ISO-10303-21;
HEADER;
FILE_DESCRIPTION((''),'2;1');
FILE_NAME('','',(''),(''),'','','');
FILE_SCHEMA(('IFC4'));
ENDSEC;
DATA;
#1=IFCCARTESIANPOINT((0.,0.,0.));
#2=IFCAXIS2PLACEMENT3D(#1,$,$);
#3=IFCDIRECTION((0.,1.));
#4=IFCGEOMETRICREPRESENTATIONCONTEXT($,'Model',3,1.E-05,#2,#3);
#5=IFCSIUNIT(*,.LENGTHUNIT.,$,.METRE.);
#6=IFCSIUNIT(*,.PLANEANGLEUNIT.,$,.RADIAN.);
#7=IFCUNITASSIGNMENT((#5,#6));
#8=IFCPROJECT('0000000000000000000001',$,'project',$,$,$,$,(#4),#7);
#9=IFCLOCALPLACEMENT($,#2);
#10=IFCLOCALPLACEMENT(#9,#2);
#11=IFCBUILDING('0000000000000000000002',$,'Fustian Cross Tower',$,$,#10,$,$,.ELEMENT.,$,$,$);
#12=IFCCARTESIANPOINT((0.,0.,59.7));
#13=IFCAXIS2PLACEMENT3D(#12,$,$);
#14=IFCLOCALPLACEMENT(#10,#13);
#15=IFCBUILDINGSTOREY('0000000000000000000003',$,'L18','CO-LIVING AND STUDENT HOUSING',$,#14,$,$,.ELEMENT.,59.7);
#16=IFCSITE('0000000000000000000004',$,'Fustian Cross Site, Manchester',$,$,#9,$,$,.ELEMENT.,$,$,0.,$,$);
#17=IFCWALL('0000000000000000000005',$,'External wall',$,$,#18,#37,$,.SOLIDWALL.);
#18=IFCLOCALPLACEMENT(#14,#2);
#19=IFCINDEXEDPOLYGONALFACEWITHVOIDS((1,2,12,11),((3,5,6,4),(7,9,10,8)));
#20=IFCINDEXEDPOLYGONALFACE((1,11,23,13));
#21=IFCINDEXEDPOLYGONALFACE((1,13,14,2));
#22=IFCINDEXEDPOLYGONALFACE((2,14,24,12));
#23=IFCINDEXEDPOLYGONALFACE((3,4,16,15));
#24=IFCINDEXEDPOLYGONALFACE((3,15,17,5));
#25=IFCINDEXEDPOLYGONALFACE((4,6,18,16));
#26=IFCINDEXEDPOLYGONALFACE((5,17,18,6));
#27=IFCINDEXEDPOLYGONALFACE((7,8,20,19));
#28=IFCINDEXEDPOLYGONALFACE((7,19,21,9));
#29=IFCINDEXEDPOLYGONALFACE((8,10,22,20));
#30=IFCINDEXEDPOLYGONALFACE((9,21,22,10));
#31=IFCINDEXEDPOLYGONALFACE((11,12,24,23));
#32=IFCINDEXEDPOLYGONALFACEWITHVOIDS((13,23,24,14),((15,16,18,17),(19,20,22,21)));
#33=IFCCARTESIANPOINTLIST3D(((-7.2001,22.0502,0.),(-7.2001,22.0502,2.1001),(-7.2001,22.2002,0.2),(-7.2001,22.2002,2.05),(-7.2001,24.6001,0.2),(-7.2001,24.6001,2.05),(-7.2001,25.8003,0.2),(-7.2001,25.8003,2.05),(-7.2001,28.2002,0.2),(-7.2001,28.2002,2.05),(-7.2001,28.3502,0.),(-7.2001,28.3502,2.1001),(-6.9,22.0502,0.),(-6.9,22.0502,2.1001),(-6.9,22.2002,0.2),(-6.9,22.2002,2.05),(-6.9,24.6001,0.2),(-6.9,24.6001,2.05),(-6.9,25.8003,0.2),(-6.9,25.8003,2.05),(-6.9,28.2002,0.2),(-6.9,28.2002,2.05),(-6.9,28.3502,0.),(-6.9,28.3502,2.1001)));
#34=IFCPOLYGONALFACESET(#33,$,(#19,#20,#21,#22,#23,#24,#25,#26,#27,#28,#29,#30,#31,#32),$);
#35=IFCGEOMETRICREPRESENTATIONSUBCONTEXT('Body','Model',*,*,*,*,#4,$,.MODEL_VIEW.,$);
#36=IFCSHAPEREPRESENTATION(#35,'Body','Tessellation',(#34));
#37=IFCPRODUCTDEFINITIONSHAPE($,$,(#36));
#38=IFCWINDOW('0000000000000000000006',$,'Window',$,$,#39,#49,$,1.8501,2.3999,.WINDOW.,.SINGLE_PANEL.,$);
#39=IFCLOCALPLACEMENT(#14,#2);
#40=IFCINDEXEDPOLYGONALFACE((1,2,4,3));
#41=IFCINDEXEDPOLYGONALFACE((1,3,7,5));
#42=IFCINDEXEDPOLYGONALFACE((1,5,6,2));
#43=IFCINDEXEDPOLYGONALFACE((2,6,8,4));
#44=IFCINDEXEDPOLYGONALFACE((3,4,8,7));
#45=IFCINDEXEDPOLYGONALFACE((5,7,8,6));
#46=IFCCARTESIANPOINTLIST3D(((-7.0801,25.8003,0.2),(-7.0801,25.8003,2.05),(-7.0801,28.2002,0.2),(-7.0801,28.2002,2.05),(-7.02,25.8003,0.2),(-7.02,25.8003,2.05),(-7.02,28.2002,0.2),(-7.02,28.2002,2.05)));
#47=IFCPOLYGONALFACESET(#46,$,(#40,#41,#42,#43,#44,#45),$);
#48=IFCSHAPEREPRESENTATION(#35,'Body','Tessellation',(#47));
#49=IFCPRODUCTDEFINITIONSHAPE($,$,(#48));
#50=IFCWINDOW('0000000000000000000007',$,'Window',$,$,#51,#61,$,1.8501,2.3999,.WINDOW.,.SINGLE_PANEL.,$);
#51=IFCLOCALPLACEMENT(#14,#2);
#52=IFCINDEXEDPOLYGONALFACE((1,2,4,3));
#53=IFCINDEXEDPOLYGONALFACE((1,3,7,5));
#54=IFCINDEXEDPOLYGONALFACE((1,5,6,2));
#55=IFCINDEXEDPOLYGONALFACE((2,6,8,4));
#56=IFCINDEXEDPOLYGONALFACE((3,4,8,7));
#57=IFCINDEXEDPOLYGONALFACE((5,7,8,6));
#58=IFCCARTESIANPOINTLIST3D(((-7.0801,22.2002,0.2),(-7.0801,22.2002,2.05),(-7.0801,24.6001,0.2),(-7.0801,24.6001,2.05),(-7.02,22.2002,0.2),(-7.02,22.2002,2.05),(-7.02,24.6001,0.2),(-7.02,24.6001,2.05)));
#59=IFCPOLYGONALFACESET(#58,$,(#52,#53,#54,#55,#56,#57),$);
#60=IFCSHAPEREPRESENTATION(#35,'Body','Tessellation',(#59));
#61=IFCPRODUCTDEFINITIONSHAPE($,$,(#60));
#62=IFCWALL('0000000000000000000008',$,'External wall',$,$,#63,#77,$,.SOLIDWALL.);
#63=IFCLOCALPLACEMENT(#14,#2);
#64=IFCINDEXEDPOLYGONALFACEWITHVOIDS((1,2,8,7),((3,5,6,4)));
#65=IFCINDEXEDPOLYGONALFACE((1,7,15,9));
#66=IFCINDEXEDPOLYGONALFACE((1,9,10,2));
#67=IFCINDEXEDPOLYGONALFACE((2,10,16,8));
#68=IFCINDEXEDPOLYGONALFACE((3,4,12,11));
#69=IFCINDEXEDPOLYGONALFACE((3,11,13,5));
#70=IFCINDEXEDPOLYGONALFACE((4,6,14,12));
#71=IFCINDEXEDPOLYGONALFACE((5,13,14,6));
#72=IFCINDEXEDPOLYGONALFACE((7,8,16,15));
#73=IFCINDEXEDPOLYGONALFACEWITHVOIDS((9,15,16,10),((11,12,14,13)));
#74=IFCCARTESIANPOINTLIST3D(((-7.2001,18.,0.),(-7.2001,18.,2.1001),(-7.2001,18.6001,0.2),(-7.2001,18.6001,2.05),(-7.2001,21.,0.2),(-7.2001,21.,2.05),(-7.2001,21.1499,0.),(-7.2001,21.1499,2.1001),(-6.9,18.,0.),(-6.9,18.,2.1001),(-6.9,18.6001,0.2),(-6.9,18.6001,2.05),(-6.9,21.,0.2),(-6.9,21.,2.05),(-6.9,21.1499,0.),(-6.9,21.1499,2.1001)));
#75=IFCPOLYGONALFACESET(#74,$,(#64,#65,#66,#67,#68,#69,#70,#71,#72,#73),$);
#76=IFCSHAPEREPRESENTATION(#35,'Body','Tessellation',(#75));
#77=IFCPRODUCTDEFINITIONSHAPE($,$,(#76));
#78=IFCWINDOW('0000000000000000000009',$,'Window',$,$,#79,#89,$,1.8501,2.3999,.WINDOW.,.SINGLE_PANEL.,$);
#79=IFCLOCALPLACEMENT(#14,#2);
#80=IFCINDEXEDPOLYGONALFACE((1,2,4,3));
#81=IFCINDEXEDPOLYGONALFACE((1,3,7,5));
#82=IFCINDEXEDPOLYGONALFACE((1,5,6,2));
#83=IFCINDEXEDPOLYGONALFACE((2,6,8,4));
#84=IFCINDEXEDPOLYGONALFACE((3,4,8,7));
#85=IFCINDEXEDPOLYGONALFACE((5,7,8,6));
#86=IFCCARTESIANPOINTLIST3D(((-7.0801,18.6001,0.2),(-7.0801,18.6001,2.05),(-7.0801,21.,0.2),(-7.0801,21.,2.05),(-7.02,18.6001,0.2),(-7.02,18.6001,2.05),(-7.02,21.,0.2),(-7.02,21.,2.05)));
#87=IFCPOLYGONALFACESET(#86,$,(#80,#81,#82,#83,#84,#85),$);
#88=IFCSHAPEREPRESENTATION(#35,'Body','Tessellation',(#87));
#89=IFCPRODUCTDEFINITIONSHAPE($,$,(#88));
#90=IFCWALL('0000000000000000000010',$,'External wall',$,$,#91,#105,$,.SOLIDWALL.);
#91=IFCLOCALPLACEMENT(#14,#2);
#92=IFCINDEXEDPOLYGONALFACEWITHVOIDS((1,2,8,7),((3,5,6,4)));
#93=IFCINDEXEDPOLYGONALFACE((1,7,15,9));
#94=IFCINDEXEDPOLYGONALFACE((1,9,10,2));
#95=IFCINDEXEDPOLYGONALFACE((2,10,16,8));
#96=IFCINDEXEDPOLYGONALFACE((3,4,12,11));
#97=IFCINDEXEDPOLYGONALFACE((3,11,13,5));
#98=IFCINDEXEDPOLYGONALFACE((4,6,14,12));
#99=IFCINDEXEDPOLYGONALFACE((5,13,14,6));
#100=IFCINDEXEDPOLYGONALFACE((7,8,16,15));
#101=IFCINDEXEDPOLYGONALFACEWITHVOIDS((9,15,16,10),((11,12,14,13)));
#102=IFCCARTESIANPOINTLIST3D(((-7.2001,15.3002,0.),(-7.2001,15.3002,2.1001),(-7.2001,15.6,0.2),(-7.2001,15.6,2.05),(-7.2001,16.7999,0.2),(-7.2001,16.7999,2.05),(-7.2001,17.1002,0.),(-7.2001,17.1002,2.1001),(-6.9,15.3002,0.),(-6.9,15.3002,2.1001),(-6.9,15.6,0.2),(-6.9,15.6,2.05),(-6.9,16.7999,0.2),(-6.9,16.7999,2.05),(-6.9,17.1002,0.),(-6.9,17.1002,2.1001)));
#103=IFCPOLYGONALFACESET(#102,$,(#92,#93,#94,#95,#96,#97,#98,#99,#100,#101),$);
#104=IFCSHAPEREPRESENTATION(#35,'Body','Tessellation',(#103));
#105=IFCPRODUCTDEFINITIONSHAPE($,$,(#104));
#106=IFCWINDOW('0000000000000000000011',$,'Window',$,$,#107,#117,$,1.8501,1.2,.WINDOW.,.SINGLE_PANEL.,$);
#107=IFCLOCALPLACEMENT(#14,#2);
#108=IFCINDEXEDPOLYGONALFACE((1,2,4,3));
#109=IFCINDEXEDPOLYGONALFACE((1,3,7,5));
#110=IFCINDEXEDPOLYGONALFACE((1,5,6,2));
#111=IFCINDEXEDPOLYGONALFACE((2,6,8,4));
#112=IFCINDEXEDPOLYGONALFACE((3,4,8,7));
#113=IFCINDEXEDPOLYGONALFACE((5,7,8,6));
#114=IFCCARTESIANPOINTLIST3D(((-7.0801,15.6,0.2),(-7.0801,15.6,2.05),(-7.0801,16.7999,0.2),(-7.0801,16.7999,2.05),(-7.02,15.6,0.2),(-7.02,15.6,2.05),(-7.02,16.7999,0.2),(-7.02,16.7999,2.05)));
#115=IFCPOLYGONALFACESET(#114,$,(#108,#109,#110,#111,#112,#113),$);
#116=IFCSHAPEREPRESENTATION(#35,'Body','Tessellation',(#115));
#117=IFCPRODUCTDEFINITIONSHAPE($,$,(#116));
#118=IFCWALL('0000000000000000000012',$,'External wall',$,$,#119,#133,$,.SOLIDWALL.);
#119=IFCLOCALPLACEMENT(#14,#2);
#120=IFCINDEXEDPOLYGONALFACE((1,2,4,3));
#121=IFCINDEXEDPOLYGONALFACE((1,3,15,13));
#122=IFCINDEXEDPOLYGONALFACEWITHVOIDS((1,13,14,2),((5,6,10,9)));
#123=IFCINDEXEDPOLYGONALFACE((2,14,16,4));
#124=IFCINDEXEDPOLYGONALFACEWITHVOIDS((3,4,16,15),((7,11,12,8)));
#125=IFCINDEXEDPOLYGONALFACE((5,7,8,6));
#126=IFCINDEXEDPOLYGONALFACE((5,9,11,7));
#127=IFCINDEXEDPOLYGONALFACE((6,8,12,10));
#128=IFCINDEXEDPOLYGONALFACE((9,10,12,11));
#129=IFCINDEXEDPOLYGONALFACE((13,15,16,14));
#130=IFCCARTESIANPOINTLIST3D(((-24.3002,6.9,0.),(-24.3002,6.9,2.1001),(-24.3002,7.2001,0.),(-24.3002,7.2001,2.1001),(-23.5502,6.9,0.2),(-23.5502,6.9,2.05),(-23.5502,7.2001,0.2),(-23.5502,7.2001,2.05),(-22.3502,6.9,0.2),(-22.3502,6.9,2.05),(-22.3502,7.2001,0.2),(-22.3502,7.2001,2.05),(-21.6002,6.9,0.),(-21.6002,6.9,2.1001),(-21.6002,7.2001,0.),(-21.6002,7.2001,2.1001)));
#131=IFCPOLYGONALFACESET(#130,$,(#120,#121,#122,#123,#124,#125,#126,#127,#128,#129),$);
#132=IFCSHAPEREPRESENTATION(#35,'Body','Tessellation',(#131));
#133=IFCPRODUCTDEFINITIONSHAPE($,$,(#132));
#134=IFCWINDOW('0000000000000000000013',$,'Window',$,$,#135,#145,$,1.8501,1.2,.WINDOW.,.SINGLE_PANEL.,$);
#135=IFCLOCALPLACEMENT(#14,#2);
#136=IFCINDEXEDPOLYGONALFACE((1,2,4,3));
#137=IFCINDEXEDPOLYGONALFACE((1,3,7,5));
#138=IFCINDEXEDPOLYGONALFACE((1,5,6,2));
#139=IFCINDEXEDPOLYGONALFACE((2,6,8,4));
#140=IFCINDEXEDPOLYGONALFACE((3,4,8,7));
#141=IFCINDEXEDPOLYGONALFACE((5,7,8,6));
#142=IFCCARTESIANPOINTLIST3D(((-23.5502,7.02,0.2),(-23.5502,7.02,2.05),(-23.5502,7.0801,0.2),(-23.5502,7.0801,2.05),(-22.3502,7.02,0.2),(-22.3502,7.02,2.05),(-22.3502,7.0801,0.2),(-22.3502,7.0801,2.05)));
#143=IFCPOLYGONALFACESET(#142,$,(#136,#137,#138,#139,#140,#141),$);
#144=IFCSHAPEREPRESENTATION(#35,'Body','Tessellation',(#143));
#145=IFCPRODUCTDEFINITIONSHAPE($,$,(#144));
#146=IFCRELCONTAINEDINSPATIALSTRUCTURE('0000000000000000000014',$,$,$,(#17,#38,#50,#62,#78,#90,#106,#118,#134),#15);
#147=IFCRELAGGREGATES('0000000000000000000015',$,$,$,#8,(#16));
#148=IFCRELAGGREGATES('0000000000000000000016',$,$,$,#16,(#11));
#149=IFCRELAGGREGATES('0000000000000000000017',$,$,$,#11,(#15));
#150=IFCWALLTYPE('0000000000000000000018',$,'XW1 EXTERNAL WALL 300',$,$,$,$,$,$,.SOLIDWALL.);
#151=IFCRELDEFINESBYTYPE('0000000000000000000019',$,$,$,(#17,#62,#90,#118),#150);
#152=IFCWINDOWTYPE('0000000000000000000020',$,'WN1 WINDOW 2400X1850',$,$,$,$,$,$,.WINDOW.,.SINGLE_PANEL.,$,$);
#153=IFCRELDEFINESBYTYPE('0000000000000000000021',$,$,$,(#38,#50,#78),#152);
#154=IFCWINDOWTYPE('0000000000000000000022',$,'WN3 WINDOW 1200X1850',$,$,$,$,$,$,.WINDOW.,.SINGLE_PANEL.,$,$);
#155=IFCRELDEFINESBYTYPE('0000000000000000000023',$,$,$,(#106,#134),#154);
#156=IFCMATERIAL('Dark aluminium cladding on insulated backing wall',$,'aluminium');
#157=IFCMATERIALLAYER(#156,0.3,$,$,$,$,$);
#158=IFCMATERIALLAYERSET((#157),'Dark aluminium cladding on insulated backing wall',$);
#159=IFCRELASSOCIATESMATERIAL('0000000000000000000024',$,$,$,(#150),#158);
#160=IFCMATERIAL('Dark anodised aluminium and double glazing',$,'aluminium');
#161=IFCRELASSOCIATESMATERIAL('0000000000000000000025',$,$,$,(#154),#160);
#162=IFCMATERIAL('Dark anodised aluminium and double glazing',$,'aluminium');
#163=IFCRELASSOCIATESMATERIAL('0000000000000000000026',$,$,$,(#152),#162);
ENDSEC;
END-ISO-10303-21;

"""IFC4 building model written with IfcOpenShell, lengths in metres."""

from ifc_helpers import new_model, si_unit, direction, frame, frame_2d, origin, place, context, subcontext, project, spatial, rectangle, extrude, material, layer, layer_set, type_object, element, fill, save


model = new_model("IFC4")

# Units and contexts
model_context = context("Model", 3, precision=1e-05, world=origin(), true_north=direction((0.0, 1.0)))
body_context = subcontext(model_context, "Body", "Model", "MODEL_VIEW")
ifc_project = project(units=[si_unit("LENGTHUNIT", "METRE"), si_unit("PLANEANGLEUNIT", "RADIAN")], contexts=[model_context])

# Site, building, storey
site_placement = place(None, origin())
site = spatial("IfcSite", under=ifc_project, at=site_placement, Name="Fustian Cross Site, Manchester", CompositionType="ELEMENT", RefElevation=0.0)
building_placement = place(site_placement, origin())
building = spatial("IfcBuilding", under=site, at=building_placement, Name="Fustian Cross Tower", CompositionType="ELEMENT")
storey_placement = place(building_placement, frame((0.0, 0.0, 59.7)))
storey = spatial("IfcBuildingStorey", under=building, at=storey_placement, Name="L18", Description="CO-LIVING AND STUDENT HOUSING", CompositionType="ELEMENT", Elevation=59.7)

# Shared definitions
ifc_material_1 = material(Name="Dark aluminium cladding on insulated backing wall", Category="aluminium")
ifc_layer_1 = layer(ifc_material_1, 0.3)
ifc_layer_set_1 = layer_set([ifc_layer_1], Name="Dark aluminium cladding on insulated backing wall")
wall_type_1 = type_object("IfcWallType", Name="XW1 EXTERNAL WALL 300", PredefinedType="SOLIDWALL", material=ifc_layer_set_1)
ifc_material_2 = material(Name="Dark anodised aluminium and double glazing", Category="aluminium")
window_type_1 = type_object("IfcWindowType", Name="WN3 WINDOW 1200X1850", PartitioningType="SINGLE_PANEL", PredefinedType="WINDOW", material=ifc_material_2)

# Wall, openings, windows
ifc_material_3 = material(Name="Dark anodised aluminium and double glazing", Category="aluminium")
window_type_2 = type_object("IfcWindowType", Name="WN1 WINDOW 2400X1850", PartitioningType="SINGLE_PANEL", PredefinedType="WINDOW", material=ifc_material_3)
wall_1_placement = place(storey_placement, frame((-7.05, 28.3501, 0.0), z_axis=(0.0, 0.0, 1.0), x_axis=(0.0, -1.0, 0.0)))
wall_1 = element("IfcWall", 1, at=wall_1_placement, inside=storey, type_object=wall_type_1, Name="External wall", PredefinedType="SOLIDWALL", context=body_context, shape_type="SweptSolid", body=[
    extrude(rectangle(XDim=6.3, YDim=0.3, at=frame_2d((3.1499, 0.0))), origin(), (0.0, 0.0, 1.0), 2.1001),
])
opening_1_placement = place(wall_1_placement, frame((0.1499, 0.0, 0.2)))
opening_1 = element("IfcOpeningElement", 2, at=opening_1_placement, cuts=wall_1, PredefinedType="OPENING", context=body_context, shape_type="SweptSolid", body=[
    extrude(rectangle(XDim=2.3999, YDim=1.8501, at=frame_2d((1.2, 0.925))), frame((0.0, 0.1599, 0.0), z_axis=(0.0, -1.0, 0.0), x_axis=(1.0, 0.0, 0.0)), (0.0, 0.0, 1.0), 0.3201),
])
opening_2_placement = place(wall_1_placement, frame((3.75, 0.0, 0.2)))
opening_2 = element("IfcOpeningElement", 3, at=opening_2_placement, cuts=wall_1, PredefinedType="OPENING", context=body_context, shape_type="SweptSolid", body=[
    extrude(rectangle(XDim=2.3999, YDim=1.8501, at=frame_2d((1.2, 0.925))), frame((0.0, 0.1599, 0.0), z_axis=(0.0, -1.0, 0.0), x_axis=(1.0, 0.0, 0.0)), (0.0, 0.0, 1.0), 0.3201),
])
window_1_placement = place(opening_1_placement, origin())
window_1 = element("IfcWindow", 4, at=window_1_placement, inside=storey, type_object=window_type_2, Name="Window", OverallHeight=1.8501, OverallWidth=2.3999, PartitioningType="SINGLE_PANEL", PredefinedType="WINDOW", context=body_context, shape_type="SweptSolid", body=[
    extrude(rectangle(XDim=2.3999, YDim=1.8501, at=frame_2d((1.2, 0.925))), frame((0.0, 0.03, 0.0), z_axis=(0.0, -1.0, 0.0), x_axis=(1.0, 0.0, 0.0)), (0.0, 0.0, 1.0), 0.0601),
])
fill(opening_1, window_1)
window_2_placement = place(opening_2_placement, origin())
window_2 = element("IfcWindow", 5, at=window_2_placement, inside=storey, type_object=window_type_2, Name="Window", OverallHeight=1.8501, OverallWidth=2.3999, PartitioningType="SINGLE_PANEL", PredefinedType="WINDOW", context=body_context, shape_type="SweptSolid", body=[
    extrude(rectangle(XDim=2.3999, YDim=1.8501, at=frame_2d((1.2, 0.925))), frame((0.0, 0.03, 0.0), z_axis=(0.0, -1.0, 0.0), x_axis=(1.0, 0.0, 0.0)), (0.0, 0.0, 1.0), 0.0601),
])
fill(opening_2, window_2)

# Walls, openings, windows
wall_2_placement = place(storey_placement, frame((-7.05, 21.1499, 0.0), z_axis=(0.0, 0.0, 1.0), x_axis=(0.0, -1.0, 0.0)))
wall_2 = element("IfcWall", 6, at=wall_2_placement, inside=storey, type_object=wall_type_1, Name="External wall", PredefinedType="SOLIDWALL", context=body_context, shape_type="SweptSolid", body=[
    extrude(rectangle(XDim=3.1499, YDim=0.3, at=frame_2d((1.575, 0.0))), origin(), (0.0, 0.0, 1.0), 2.1001),
])
opening_3_placement = place(wall_2_placement, frame((0.1499, 0.0, 0.2)))
opening_3 = element("IfcOpeningElement", 7, at=opening_3_placement, cuts=wall_2, PredefinedType="OPENING", context=body_context, shape_type="SweptSolid", body=[
    extrude(rectangle(XDim=2.3999, YDim=1.8501, at=frame_2d((1.2, 0.925))), frame((0.0, 0.1599, 0.0), z_axis=(0.0, -1.0, 0.0), x_axis=(1.0, 0.0, 0.0)), (0.0, 0.0, 1.0), 0.3201),
])
window_3_placement = place(opening_3_placement, origin())
window_3 = element("IfcWindow", 8, at=window_3_placement, inside=storey, type_object=window_type_2, Name="Window", OverallHeight=1.8501, OverallWidth=2.3999, PartitioningType="SINGLE_PANEL", PredefinedType="WINDOW", context=body_context, shape_type="SweptSolid", body=[
    extrude(rectangle(XDim=2.3999, YDim=1.8501, at=frame_2d((1.2, 0.925))), frame((0.0, 0.03, 0.0), z_axis=(0.0, -1.0, 0.0), x_axis=(1.0, 0.0, 0.0)), (0.0, 0.0, 1.0), 0.0601),
])
fill(opening_3, window_3)
wall_3_placement = place(storey_placement, frame((-7.05, 17.1001, 0.0), z_axis=(0.0, 0.0, 1.0), x_axis=(0.0, -1.0, 0.0)))
wall_3 = element("IfcWall", 9, at=wall_3_placement, inside=storey, type_object=wall_type_1, Name="External wall", PredefinedType="SOLIDWALL", context=body_context, shape_type="SweptSolid", body=[
    extrude(rectangle(XDim=1.8, YDim=0.3, at=frame_2d((0.8999, 0.0))), origin(), (0.0, 0.0, 1.0), 2.1001),
])
opening_4_placement = place(wall_3_placement, frame((0.3, 0.0, 0.2)))
opening_4 = element("IfcOpeningElement", 10, at=opening_4_placement, cuts=wall_3, PredefinedType="OPENING", context=body_context, shape_type="SweptSolid", body=[
    extrude(rectangle(XDim=1.2, YDim=1.8501, at=frame_2d((0.6001, 0.925))), frame((0.0, 0.1599, 0.0), z_axis=(0.0, -1.0, 0.0), x_axis=(1.0, 0.0, 0.0)), (0.0, 0.0, 1.0), 0.3201),
])
window_4_placement = place(opening_4_placement, origin())
window_4 = element("IfcWindow", 11, at=window_4_placement, inside=storey, type_object=window_type_1, Name="Window", OverallHeight=1.8501, OverallWidth=1.2, PartitioningType="SINGLE_PANEL", PredefinedType="WINDOW", context=body_context, shape_type="SweptSolid", body=[
    extrude(rectangle(XDim=1.2, YDim=1.8501, at=frame_2d((0.6001, 0.925))), frame((0.0, 0.03, 0.0), z_axis=(0.0, -1.0, 0.0), x_axis=(1.0, 0.0, 0.0)), (0.0, 0.0, 1.0), 0.0601),
])
fill(opening_4, window_4)
wall_4_placement = place(storey_placement, frame((-21.6001, 7.05, 0.0), z_axis=(0.0, 0.0, 1.0), x_axis=(-1.0, 0.0, 0.0)))
wall_4 = element("IfcWall", 12, at=wall_4_placement, inside=storey, type_object=wall_type_1, Name="External wall", PredefinedType="SOLIDWALL", context=body_context, shape_type="SweptSolid", body=[
    extrude(rectangle(XDim=2.7, YDim=0.3, at=frame_2d((1.3501, 0.0))), origin(), (0.0, 0.0, 1.0), 2.1001),
])
opening_5_placement = place(wall_4_placement, frame((0.75, 0.0, 0.2)))
opening_5 = element("IfcOpeningElement", 13, at=opening_5_placement, cuts=wall_4, PredefinedType="OPENING", context=body_context, shape_type="SweptSolid", body=[
    extrude(rectangle(XDim=1.2, YDim=1.8501, at=frame_2d((0.6001, 0.925))), frame((0.0, 0.1599, 0.0), z_axis=(0.0, -1.0, 0.0), x_axis=(1.0, 0.0, 0.0)), (0.0, 0.0, 1.0), 0.3201),
])
window_5_placement = place(opening_5_placement, origin())
window_5 = element("IfcWindow", 14, at=window_5_placement, inside=storey, type_object=window_type_1, Name="Window", OverallHeight=1.8501, OverallWidth=1.2, PartitioningType="SINGLE_PANEL", PredefinedType="WINDOW", context=body_context, shape_type="SweptSolid", body=[
    extrude(rectangle(XDim=1.2, YDim=1.8501, at=frame_2d((0.6001, 0.925))), frame((0.0, 0.03, 0.0), z_axis=(0.0, -1.0, 0.0), x_axis=(1.0, 0.0, 0.0)), (0.0, 0.0, 1.0), 0.0601),
])
fill(opening_5, window_5)

save(model, "model.ifc")
